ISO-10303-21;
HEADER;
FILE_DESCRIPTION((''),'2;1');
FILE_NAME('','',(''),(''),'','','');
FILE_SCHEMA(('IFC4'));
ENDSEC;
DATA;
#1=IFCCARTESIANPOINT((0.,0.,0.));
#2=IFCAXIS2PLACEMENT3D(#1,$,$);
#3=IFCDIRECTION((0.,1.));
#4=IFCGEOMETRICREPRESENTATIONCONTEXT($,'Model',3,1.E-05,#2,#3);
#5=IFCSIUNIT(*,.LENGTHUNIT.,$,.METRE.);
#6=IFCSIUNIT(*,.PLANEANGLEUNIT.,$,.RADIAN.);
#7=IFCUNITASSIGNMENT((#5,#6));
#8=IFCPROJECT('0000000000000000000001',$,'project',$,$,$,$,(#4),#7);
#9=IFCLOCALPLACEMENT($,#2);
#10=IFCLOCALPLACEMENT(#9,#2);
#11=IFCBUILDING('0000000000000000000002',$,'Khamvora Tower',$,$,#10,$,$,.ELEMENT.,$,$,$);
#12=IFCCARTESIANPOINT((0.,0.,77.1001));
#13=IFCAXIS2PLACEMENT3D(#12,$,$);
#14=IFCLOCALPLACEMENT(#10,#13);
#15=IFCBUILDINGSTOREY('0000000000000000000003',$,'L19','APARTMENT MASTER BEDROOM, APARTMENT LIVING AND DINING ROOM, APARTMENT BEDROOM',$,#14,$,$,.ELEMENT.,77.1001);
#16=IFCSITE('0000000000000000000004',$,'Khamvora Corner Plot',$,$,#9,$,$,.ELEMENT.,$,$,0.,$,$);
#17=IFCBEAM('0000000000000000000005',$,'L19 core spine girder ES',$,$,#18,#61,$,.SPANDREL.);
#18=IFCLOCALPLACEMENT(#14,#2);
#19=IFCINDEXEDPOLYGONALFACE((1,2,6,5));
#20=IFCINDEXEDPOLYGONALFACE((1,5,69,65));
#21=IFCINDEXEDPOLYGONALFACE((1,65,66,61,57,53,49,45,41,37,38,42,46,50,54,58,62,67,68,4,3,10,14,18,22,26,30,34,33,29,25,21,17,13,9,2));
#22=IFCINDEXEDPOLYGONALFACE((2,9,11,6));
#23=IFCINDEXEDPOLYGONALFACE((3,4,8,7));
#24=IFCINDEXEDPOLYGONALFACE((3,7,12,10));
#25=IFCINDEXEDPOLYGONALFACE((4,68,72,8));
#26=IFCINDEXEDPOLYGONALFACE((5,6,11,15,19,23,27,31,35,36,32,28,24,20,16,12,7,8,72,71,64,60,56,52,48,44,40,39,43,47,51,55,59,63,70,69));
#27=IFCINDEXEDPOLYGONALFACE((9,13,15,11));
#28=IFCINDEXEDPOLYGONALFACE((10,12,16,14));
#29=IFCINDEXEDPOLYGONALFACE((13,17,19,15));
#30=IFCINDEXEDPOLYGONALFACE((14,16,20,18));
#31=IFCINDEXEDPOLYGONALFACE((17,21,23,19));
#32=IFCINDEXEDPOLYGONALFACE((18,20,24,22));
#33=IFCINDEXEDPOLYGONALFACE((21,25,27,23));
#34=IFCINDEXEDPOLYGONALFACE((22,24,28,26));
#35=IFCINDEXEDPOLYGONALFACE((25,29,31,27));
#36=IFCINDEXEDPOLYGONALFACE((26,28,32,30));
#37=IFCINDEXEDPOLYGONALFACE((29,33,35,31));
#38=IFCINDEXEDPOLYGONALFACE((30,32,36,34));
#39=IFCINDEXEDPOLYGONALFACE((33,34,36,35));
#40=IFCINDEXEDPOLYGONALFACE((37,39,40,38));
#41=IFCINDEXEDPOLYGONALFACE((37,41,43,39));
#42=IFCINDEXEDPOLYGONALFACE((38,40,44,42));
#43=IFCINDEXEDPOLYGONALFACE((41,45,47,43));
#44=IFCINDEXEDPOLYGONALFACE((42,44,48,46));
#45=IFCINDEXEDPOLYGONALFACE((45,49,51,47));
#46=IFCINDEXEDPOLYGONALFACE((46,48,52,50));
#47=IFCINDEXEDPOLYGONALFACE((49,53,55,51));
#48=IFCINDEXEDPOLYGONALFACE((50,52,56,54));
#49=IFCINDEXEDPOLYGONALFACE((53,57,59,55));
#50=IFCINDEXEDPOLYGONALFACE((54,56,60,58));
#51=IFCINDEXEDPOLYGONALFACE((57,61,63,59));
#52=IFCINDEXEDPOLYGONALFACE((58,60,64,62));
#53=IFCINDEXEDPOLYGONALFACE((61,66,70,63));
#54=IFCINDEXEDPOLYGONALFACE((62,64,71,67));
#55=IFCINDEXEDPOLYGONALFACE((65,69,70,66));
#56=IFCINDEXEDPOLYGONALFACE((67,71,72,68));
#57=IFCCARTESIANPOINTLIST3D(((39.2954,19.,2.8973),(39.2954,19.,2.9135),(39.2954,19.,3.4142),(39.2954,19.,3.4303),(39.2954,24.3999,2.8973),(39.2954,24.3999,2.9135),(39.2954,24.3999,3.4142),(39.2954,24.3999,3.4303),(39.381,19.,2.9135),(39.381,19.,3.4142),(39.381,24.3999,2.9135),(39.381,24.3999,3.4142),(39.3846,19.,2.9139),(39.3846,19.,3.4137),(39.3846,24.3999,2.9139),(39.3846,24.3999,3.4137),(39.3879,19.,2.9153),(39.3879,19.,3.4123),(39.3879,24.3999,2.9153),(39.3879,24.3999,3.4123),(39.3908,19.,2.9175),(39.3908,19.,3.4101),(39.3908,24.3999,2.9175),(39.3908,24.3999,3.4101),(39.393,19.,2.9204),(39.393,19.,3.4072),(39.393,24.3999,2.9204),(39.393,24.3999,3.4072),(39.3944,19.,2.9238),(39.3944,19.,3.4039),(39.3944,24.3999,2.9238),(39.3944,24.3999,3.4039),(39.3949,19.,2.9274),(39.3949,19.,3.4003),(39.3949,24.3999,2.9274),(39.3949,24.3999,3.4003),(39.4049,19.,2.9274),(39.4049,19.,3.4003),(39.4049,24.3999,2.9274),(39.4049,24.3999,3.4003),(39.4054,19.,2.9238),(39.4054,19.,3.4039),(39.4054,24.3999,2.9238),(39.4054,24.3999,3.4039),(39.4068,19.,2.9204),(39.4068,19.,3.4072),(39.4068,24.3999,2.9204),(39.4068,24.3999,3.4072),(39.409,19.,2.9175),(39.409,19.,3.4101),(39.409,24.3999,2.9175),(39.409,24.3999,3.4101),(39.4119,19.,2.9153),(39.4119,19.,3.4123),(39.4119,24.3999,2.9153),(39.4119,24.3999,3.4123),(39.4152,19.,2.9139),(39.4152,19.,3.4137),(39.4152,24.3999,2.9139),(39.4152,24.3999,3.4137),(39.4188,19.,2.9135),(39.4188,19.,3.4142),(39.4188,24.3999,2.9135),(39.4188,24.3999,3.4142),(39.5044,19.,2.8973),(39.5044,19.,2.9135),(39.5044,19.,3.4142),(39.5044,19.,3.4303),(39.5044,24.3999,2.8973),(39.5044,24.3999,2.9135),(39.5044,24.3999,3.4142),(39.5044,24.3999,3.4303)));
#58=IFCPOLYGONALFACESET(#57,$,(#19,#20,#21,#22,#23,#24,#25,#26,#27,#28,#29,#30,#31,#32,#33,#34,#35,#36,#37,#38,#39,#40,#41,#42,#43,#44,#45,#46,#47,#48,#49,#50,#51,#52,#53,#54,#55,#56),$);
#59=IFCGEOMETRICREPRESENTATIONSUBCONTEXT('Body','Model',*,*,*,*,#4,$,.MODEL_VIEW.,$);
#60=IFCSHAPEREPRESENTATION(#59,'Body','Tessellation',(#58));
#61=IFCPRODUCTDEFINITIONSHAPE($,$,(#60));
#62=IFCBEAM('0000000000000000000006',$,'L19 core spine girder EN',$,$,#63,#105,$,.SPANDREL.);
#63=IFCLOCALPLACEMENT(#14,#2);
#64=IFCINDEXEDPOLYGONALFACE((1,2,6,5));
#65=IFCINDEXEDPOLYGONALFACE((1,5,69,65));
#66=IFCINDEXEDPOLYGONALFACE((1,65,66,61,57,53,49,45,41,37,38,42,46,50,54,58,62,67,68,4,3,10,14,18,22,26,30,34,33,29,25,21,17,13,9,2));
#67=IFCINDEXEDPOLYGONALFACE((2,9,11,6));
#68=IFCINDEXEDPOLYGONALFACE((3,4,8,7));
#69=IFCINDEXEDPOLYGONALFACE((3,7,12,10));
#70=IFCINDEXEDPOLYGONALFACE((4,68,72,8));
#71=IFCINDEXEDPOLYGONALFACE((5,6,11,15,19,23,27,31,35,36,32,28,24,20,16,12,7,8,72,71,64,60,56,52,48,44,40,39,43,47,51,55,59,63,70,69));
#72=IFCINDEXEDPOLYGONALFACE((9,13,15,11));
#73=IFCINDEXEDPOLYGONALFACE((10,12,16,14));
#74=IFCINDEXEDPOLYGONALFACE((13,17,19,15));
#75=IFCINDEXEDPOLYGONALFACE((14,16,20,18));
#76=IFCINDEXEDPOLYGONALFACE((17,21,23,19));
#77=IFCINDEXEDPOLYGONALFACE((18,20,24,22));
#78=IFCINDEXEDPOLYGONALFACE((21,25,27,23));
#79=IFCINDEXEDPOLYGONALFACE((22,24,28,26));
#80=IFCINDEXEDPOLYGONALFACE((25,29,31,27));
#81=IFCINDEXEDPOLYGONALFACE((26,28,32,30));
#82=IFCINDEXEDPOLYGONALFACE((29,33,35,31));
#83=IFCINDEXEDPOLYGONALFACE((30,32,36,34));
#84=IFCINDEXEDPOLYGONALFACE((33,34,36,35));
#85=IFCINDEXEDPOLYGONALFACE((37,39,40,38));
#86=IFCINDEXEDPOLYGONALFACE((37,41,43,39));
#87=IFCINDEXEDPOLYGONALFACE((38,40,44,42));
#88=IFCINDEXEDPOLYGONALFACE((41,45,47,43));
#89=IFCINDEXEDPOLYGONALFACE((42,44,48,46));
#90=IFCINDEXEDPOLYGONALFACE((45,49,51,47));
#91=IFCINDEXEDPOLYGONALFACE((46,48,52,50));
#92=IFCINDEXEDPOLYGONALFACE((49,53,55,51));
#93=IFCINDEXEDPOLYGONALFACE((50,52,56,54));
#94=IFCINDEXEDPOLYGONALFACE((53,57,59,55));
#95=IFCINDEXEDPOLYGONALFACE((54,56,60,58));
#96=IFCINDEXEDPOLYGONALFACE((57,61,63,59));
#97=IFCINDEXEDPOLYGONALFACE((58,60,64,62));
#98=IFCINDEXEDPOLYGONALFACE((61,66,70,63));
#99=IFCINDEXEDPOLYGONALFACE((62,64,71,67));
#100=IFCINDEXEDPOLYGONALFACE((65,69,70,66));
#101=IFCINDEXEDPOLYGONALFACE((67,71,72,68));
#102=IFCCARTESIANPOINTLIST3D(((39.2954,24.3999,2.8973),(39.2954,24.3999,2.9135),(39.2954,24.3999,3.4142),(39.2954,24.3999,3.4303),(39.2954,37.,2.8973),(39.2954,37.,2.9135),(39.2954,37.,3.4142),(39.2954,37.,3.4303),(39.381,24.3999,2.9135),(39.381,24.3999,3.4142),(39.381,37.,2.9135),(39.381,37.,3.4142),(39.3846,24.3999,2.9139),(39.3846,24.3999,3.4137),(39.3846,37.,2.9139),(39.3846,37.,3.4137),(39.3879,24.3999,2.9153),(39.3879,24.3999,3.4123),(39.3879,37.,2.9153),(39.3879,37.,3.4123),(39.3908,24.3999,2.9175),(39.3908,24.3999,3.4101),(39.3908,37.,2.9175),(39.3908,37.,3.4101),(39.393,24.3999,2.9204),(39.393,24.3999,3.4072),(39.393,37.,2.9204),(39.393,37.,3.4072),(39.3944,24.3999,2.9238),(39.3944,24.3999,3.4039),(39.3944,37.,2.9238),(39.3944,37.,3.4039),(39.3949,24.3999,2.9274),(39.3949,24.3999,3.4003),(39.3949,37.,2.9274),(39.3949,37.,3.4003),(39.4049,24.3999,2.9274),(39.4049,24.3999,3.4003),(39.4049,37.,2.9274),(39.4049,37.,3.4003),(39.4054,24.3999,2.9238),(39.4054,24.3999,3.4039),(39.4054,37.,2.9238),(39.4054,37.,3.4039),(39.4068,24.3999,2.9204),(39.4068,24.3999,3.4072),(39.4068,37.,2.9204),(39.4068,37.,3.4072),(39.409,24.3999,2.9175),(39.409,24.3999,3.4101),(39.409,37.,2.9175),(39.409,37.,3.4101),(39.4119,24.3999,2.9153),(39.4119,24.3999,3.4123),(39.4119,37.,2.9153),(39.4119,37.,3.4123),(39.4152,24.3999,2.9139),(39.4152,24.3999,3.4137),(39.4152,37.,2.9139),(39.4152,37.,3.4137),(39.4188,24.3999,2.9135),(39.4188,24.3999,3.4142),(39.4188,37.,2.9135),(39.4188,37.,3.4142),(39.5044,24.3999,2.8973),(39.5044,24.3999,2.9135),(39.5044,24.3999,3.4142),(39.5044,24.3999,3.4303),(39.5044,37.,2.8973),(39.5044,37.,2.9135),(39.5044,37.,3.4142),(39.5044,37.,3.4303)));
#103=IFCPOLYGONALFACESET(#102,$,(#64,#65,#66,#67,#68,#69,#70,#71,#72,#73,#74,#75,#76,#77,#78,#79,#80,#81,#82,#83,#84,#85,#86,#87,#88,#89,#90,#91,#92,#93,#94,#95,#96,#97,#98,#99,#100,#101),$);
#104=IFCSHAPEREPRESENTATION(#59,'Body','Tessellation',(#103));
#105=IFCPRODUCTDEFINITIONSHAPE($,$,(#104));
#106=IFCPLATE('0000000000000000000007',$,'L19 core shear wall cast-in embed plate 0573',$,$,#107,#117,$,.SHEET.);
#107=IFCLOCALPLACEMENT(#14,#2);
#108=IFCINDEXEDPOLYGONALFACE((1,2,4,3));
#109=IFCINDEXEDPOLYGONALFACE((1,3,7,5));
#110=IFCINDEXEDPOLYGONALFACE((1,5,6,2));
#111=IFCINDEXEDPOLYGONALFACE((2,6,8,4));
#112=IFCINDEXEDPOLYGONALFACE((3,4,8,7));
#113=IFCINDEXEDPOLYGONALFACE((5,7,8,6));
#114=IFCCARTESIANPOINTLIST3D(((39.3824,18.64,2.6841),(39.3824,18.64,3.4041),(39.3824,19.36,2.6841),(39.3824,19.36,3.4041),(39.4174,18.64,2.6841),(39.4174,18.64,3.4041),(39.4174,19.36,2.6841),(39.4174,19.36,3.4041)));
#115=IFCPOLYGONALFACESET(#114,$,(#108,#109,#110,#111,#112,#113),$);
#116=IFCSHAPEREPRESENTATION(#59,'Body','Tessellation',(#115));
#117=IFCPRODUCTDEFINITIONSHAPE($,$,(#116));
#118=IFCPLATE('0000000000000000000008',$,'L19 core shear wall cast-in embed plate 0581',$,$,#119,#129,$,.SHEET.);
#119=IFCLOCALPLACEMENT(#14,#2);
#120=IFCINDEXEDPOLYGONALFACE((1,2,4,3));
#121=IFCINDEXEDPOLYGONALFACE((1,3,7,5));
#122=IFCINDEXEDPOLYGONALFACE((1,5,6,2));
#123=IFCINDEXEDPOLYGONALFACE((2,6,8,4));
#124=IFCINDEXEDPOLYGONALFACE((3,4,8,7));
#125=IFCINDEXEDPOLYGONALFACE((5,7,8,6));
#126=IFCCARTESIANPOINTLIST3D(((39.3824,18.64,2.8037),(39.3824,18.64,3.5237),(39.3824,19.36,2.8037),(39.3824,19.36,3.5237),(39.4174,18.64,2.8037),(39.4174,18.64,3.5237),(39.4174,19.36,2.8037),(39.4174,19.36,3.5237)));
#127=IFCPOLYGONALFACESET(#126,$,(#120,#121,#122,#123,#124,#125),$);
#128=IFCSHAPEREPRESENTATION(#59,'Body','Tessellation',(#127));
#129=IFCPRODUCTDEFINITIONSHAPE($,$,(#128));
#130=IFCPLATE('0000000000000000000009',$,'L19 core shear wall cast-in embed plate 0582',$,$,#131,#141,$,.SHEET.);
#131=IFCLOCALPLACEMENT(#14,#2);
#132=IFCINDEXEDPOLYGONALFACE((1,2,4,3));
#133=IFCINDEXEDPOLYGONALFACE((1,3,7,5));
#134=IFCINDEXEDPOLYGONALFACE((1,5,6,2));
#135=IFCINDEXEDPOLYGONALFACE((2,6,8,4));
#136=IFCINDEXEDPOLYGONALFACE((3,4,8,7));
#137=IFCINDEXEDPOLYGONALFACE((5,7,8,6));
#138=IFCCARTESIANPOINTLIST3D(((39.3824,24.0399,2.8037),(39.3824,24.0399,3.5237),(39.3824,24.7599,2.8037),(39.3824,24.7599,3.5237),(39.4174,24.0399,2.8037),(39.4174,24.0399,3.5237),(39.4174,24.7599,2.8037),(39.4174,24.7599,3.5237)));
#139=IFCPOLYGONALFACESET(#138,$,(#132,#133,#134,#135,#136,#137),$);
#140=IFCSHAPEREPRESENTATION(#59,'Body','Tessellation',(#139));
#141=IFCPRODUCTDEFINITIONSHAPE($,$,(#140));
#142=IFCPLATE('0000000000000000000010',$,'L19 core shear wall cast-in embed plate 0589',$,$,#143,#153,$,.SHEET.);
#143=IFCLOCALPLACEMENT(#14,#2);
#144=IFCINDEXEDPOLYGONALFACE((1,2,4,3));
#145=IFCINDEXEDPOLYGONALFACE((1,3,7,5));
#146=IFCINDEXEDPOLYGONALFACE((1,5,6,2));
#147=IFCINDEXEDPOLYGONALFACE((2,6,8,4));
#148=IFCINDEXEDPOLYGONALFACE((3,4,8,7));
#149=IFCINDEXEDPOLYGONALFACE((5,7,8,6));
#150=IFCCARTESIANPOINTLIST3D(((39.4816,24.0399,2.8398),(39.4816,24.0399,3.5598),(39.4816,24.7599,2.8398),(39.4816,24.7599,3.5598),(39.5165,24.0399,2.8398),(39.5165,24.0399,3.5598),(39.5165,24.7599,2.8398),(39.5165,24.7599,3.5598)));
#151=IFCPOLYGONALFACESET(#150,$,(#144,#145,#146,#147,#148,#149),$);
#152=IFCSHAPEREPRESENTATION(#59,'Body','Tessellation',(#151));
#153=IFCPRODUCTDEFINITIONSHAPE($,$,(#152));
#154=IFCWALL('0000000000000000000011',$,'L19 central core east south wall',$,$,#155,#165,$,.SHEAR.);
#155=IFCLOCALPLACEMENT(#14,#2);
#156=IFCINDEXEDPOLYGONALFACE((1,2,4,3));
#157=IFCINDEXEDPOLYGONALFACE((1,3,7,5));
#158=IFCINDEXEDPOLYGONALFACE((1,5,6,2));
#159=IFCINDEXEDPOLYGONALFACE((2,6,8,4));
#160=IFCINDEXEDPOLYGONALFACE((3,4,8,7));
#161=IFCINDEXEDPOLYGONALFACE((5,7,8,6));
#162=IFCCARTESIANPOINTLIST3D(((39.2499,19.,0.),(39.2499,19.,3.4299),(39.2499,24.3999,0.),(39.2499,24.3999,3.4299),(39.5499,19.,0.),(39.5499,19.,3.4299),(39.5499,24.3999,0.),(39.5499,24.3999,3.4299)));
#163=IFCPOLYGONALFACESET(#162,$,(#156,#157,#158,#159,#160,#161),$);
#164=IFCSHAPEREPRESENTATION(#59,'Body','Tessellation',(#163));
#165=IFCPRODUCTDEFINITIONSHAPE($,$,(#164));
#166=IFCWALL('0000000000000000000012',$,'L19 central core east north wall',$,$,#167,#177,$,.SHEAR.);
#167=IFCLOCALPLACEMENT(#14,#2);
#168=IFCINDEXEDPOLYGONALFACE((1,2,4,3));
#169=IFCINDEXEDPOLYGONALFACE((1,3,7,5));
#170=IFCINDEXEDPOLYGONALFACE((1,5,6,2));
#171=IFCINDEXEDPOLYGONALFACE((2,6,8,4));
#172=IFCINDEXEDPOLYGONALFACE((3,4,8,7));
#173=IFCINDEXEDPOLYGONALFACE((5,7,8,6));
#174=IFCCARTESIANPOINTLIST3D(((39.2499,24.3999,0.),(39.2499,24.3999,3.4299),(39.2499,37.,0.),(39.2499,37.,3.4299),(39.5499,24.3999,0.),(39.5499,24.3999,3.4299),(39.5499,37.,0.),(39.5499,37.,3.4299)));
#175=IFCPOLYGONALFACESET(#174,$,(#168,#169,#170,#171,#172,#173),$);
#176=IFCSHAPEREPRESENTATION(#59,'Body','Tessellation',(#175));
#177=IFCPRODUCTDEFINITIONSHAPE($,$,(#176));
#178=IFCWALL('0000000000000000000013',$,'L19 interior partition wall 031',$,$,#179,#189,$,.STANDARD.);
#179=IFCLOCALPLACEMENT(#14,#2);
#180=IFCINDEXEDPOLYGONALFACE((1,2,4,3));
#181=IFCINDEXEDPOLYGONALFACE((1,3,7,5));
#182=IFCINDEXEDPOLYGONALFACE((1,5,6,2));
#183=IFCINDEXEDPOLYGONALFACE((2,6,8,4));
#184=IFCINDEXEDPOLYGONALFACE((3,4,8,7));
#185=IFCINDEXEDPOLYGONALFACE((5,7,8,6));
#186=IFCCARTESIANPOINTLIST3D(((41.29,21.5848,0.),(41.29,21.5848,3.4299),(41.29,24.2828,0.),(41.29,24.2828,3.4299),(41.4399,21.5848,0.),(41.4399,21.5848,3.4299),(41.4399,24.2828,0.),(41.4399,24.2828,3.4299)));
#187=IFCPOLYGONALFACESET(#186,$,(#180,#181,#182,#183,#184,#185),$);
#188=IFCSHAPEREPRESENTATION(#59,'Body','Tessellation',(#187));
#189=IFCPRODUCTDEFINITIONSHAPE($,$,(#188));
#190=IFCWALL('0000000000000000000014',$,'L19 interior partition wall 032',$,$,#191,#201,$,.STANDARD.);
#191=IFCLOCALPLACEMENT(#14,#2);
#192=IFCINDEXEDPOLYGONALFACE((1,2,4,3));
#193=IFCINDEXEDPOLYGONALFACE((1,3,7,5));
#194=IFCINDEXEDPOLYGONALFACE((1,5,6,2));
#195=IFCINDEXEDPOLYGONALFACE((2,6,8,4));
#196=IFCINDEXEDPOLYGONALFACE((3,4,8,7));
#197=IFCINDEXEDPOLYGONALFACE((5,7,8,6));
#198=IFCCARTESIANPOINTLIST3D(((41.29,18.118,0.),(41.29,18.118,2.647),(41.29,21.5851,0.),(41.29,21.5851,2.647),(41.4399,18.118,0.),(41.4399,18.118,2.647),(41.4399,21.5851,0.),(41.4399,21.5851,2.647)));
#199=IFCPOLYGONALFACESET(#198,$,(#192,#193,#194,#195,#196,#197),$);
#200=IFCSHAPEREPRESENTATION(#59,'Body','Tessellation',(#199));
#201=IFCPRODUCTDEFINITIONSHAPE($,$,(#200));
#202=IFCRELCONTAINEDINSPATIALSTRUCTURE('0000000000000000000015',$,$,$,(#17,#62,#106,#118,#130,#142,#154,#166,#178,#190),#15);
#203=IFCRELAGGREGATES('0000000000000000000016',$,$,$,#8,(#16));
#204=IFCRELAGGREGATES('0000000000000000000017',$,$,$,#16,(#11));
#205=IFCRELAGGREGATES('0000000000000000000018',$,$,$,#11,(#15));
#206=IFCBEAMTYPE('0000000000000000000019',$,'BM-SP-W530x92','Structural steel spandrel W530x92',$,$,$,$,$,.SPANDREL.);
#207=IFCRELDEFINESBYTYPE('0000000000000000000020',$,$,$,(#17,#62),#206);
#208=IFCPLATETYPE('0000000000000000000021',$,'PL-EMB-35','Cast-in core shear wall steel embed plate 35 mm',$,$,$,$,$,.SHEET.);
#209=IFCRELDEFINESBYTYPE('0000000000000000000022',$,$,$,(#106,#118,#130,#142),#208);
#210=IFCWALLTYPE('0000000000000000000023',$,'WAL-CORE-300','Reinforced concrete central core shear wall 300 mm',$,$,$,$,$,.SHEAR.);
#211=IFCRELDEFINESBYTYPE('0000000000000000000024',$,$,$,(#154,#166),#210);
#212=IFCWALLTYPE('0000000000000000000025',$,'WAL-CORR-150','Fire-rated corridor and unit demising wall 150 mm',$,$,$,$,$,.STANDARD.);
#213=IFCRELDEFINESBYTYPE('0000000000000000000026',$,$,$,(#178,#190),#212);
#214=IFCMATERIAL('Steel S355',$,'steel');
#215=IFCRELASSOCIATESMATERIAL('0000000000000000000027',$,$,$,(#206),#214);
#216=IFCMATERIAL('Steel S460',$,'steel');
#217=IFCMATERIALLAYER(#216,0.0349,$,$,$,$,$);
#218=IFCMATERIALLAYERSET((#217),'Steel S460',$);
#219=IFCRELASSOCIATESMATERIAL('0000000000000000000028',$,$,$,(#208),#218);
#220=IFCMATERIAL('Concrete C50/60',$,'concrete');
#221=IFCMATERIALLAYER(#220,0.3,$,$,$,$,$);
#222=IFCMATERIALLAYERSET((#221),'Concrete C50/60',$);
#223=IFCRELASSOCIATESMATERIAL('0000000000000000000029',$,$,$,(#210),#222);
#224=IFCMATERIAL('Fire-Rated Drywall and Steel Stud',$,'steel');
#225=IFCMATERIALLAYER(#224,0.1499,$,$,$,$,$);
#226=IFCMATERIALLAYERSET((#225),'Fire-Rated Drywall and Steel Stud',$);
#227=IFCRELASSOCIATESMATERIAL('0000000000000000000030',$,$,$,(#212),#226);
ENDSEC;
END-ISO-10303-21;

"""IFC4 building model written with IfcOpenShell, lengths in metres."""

from ifc_helpers import new_model, si_unit, direction, frame, frame_2d, origin, origin_2d, place, context, subcontext, project, spatial, rectangle, i_section, extrude, material, layer, layer_set, material_profile, profile_set, type_object, element, save


model = new_model("IFC4")

# Units and contexts
model_context = context("Model", 3, precision=1e-05, world=origin(), true_north=direction((0.0, 1.0)))
body_context = subcontext(model_context, "Body", "Model", "MODEL_VIEW")
ifc_project = project(units=[si_unit("LENGTHUNIT", "METRE"), si_unit("PLANEANGLEUNIT", "RADIAN")], contexts=[model_context])

# Site, building, storey
site_placement = place(None, origin())
site = spatial("IfcSite", under=ifc_project, at=site_placement, Name="Khamvora Corner Plot", CompositionType="ELEMENT", RefElevation=0.0)
building_placement = place(site_placement, origin())
building = spatial("IfcBuilding", under=site, at=building_placement, Name="Khamvora Tower", CompositionType="ELEMENT")
storey_placement = place(building_placement, frame((0.0, 0.0, 77.1001)))
storey = spatial("IfcBuildingStorey", under=building, at=storey_placement, Name="L19", Description="APARTMENT MASTER BEDROOM, APARTMENT LIVING AND DINING ROOM, APARTMENT BEDROOM", CompositionType="ELEMENT", Elevation=77.1001)

# Shared definitions
ifc_material_1 = material(Name="Steel S460", Category="steel")

# Beams
ifc_material_2 = material(Name="Steel S355", Category="steel")
ifc_material_profile_1 = material_profile(ifc_material_2, i_section(OverallWidth=0.209, OverallDepth=0.533, WebThickness=0.01, FlangeThickness=0.0161, FilletRadius=0.0139, at=origin_2d()), Name="W530x92")
ifc_profile_set_1 = profile_set([ifc_material_profile_1], Name="Steel S355")
beam_type_1 = type_object("IfcBeamType", Name="BM-SP-W530x92", Description="Structural steel spandrel W530x92", PredefinedType="SPANDREL", material=ifc_profile_set_1)
beam_1_placement = place(storey_placement, frame((39.3999, 19.0, 3.1638), z_axis=(0.0, 1.0, 0.0), x_axis=(-1.0, 0.0, 0.0)))
element("IfcBeam", 1, at=beam_1_placement, inside=storey, type_object=beam_type_1, Name="L19 core spine girder ES", PredefinedType="SPANDREL", context=body_context, shape_type="SweptSolid", body=[
    extrude(i_section(OverallWidth=0.209, OverallDepth=0.533, WebThickness=0.01, FlangeThickness=0.0161, FilletRadius=0.0139, at=origin_2d()), origin(), (0.0, 0.0, 1.0), 5.3999),
])
beam_2_placement = place(storey_placement, frame((39.3999, 24.3999, 3.1638), z_axis=(0.0, 1.0, 0.0), x_axis=(-1.0, 0.0, 0.0)))
element("IfcBeam", 2, at=beam_2_placement, inside=storey, type_object=beam_type_1, Name="L19 core spine girder EN", PredefinedType="SPANDREL", context=body_context, shape_type="SweptSolid", body=[
    extrude(i_section(OverallWidth=0.209, OverallDepth=0.533, WebThickness=0.01, FlangeThickness=0.0161, FilletRadius=0.0139, at=origin_2d()), origin(), (0.0, 0.0, 1.0), 12.6001),
])

# Plates
ifc_layer_1 = layer(ifc_material_1, 0.0349)
ifc_layer_set_1 = layer_set([ifc_layer_1], Name="Steel S460")
plate_type = type_object("IfcPlateType", Name="PL-EMB-35", Description="Cast-in core shear wall steel embed plate 35 mm", PredefinedType="SHEET", material=ifc_layer_set_1)
for number, where, z_axis, x_axis, name in (
    (3, (39.3999, 19.0, 2.6841), (0.0, 0.0, 1.0), (1.0, 0.0, 0.0), "L19 core shear wall cast-in embed plate 0573"),
    (4, (39.3999, 19.0, 2.8037), (0.0, 0.0, 1.0), (1.0, 0.0, 0.0), "L19 core shear wall cast-in embed plate 0581"),
    (5, (39.3999, 24.3999, 2.8037), (0.0, 0.0, 1.0), (1.0, 0.0, 0.0), "L19 core shear wall cast-in embed plate 0582"),
    (6, (39.499, 24.3999, 2.8398), (0.0, 0.0, 1.0), (1.0, 0.0, 0.0), "L19 core shear wall cast-in embed plate 0589"),
):
    element("IfcPlate", number, at=place(storey_placement, frame(where, z_axis=z_axis, x_axis=x_axis)), inside=storey, type_object=plate_type, Name=name, PredefinedType="SHEET", context=body_context, shape_type="SweptSolid", body=[
        extrude(rectangle(XDim=0.0349, YDim=0.72, at=origin_2d()), origin(), (0.0, 0.0, 1.0), 0.72),
    ])

# Walls
ifc_material_3 = material(Name="Concrete C50/60", Category="concrete")
ifc_layer_2 = layer(ifc_material_3, 0.3)
ifc_layer_set_2 = layer_set([ifc_layer_2], Name="Concrete C50/60")
wall_type_1 = type_object("IfcWallType", Name="WAL-CORE-300", Description="Reinforced concrete central core shear wall 300 mm", PredefinedType="SHEAR", material=ifc_layer_set_2)
wall_1_placement = place(storey_placement, frame((39.3999, 19.0, 0.0), z_axis=(0.0, 0.0, 1.0), x_axis=(0.0, 1.0, 0.0)))
element("IfcWall", 7, at=wall_1_placement, inside=storey, type_object=wall_type_1, Name="L19 central core east south wall", PredefinedType="SHEAR", context=body_context, shape_type="SweptSolid", body=[
    extrude(rectangle(XDim=5.3999, YDim=0.3, at=frame_2d((2.7, 0.0))), origin(), (0.0, 0.0, 1.0), 3.4299),
])
wall_2_placement = place(storey_placement, frame((39.3999, 24.3999, 0.0), z_axis=(0.0, 0.0, 1.0), x_axis=(0.0, 1.0, 0.0)))
element("IfcWall", 8, at=wall_2_placement, inside=storey, type_object=wall_type_1, Name="L19 central core east north wall", PredefinedType="SHEAR", context=body_context, shape_type="SweptSolid", body=[
    extrude(rectangle(XDim=12.6001, YDim=0.3, at=frame_2d((6.3, 0.0))), origin(), (0.0, 0.0, 1.0), 3.4299),
])
ifc_material_4 = material(Name="Fire-Rated Drywall and Steel Stud", Category="steel")
ifc_layer_3 = layer(ifc_material_4, 0.1499)
ifc_layer_set_3 = layer_set([ifc_layer_3], Name="Fire-Rated Drywall and Steel Stud")
wall_type_2 = type_object("IfcWallType", Name="WAL-CORR-150", Description="Fire-rated corridor and unit demising wall 150 mm", PredefinedType="STANDARD", material=ifc_layer_set_3)
wall_3_placement = place(storey_placement, frame((41.365, 24.283, 0.0), z_axis=(0.0, 0.0, 1.0), x_axis=(0.0, -1.0, 0.0)))
element("IfcWall", 9, at=wall_3_placement, inside=storey, type_object=wall_type_2, Name="L19 interior partition wall 031", PredefinedType="STANDARD", context=body_context, shape_type="SweptSolid", body=[
    extrude(rectangle(XDim=2.698, YDim=0.1499, at=frame_2d((1.3491, 0.0))), origin(), (0.0, 0.0, 1.0), 3.4299),
])
wall_4_placement = place(storey_placement, frame((41.365, 21.585, 0.0), z_axis=(0.0, 0.0, 1.0), x_axis=(0.0, -1.0, 0.0)))
element("IfcWall", 10, at=wall_4_placement, inside=storey, type_object=wall_type_2, Name="L19 interior partition wall 032", PredefinedType="STANDARD", context=body_context, shape_type="SweptSolid", body=[
    extrude(rectangle(XDim=3.467, YDim=0.1499, at=frame_2d((1.7334, 0.0))), origin(), (0.0, 0.0, 1.0), 2.647),
])

save(model, "model.ifc")
